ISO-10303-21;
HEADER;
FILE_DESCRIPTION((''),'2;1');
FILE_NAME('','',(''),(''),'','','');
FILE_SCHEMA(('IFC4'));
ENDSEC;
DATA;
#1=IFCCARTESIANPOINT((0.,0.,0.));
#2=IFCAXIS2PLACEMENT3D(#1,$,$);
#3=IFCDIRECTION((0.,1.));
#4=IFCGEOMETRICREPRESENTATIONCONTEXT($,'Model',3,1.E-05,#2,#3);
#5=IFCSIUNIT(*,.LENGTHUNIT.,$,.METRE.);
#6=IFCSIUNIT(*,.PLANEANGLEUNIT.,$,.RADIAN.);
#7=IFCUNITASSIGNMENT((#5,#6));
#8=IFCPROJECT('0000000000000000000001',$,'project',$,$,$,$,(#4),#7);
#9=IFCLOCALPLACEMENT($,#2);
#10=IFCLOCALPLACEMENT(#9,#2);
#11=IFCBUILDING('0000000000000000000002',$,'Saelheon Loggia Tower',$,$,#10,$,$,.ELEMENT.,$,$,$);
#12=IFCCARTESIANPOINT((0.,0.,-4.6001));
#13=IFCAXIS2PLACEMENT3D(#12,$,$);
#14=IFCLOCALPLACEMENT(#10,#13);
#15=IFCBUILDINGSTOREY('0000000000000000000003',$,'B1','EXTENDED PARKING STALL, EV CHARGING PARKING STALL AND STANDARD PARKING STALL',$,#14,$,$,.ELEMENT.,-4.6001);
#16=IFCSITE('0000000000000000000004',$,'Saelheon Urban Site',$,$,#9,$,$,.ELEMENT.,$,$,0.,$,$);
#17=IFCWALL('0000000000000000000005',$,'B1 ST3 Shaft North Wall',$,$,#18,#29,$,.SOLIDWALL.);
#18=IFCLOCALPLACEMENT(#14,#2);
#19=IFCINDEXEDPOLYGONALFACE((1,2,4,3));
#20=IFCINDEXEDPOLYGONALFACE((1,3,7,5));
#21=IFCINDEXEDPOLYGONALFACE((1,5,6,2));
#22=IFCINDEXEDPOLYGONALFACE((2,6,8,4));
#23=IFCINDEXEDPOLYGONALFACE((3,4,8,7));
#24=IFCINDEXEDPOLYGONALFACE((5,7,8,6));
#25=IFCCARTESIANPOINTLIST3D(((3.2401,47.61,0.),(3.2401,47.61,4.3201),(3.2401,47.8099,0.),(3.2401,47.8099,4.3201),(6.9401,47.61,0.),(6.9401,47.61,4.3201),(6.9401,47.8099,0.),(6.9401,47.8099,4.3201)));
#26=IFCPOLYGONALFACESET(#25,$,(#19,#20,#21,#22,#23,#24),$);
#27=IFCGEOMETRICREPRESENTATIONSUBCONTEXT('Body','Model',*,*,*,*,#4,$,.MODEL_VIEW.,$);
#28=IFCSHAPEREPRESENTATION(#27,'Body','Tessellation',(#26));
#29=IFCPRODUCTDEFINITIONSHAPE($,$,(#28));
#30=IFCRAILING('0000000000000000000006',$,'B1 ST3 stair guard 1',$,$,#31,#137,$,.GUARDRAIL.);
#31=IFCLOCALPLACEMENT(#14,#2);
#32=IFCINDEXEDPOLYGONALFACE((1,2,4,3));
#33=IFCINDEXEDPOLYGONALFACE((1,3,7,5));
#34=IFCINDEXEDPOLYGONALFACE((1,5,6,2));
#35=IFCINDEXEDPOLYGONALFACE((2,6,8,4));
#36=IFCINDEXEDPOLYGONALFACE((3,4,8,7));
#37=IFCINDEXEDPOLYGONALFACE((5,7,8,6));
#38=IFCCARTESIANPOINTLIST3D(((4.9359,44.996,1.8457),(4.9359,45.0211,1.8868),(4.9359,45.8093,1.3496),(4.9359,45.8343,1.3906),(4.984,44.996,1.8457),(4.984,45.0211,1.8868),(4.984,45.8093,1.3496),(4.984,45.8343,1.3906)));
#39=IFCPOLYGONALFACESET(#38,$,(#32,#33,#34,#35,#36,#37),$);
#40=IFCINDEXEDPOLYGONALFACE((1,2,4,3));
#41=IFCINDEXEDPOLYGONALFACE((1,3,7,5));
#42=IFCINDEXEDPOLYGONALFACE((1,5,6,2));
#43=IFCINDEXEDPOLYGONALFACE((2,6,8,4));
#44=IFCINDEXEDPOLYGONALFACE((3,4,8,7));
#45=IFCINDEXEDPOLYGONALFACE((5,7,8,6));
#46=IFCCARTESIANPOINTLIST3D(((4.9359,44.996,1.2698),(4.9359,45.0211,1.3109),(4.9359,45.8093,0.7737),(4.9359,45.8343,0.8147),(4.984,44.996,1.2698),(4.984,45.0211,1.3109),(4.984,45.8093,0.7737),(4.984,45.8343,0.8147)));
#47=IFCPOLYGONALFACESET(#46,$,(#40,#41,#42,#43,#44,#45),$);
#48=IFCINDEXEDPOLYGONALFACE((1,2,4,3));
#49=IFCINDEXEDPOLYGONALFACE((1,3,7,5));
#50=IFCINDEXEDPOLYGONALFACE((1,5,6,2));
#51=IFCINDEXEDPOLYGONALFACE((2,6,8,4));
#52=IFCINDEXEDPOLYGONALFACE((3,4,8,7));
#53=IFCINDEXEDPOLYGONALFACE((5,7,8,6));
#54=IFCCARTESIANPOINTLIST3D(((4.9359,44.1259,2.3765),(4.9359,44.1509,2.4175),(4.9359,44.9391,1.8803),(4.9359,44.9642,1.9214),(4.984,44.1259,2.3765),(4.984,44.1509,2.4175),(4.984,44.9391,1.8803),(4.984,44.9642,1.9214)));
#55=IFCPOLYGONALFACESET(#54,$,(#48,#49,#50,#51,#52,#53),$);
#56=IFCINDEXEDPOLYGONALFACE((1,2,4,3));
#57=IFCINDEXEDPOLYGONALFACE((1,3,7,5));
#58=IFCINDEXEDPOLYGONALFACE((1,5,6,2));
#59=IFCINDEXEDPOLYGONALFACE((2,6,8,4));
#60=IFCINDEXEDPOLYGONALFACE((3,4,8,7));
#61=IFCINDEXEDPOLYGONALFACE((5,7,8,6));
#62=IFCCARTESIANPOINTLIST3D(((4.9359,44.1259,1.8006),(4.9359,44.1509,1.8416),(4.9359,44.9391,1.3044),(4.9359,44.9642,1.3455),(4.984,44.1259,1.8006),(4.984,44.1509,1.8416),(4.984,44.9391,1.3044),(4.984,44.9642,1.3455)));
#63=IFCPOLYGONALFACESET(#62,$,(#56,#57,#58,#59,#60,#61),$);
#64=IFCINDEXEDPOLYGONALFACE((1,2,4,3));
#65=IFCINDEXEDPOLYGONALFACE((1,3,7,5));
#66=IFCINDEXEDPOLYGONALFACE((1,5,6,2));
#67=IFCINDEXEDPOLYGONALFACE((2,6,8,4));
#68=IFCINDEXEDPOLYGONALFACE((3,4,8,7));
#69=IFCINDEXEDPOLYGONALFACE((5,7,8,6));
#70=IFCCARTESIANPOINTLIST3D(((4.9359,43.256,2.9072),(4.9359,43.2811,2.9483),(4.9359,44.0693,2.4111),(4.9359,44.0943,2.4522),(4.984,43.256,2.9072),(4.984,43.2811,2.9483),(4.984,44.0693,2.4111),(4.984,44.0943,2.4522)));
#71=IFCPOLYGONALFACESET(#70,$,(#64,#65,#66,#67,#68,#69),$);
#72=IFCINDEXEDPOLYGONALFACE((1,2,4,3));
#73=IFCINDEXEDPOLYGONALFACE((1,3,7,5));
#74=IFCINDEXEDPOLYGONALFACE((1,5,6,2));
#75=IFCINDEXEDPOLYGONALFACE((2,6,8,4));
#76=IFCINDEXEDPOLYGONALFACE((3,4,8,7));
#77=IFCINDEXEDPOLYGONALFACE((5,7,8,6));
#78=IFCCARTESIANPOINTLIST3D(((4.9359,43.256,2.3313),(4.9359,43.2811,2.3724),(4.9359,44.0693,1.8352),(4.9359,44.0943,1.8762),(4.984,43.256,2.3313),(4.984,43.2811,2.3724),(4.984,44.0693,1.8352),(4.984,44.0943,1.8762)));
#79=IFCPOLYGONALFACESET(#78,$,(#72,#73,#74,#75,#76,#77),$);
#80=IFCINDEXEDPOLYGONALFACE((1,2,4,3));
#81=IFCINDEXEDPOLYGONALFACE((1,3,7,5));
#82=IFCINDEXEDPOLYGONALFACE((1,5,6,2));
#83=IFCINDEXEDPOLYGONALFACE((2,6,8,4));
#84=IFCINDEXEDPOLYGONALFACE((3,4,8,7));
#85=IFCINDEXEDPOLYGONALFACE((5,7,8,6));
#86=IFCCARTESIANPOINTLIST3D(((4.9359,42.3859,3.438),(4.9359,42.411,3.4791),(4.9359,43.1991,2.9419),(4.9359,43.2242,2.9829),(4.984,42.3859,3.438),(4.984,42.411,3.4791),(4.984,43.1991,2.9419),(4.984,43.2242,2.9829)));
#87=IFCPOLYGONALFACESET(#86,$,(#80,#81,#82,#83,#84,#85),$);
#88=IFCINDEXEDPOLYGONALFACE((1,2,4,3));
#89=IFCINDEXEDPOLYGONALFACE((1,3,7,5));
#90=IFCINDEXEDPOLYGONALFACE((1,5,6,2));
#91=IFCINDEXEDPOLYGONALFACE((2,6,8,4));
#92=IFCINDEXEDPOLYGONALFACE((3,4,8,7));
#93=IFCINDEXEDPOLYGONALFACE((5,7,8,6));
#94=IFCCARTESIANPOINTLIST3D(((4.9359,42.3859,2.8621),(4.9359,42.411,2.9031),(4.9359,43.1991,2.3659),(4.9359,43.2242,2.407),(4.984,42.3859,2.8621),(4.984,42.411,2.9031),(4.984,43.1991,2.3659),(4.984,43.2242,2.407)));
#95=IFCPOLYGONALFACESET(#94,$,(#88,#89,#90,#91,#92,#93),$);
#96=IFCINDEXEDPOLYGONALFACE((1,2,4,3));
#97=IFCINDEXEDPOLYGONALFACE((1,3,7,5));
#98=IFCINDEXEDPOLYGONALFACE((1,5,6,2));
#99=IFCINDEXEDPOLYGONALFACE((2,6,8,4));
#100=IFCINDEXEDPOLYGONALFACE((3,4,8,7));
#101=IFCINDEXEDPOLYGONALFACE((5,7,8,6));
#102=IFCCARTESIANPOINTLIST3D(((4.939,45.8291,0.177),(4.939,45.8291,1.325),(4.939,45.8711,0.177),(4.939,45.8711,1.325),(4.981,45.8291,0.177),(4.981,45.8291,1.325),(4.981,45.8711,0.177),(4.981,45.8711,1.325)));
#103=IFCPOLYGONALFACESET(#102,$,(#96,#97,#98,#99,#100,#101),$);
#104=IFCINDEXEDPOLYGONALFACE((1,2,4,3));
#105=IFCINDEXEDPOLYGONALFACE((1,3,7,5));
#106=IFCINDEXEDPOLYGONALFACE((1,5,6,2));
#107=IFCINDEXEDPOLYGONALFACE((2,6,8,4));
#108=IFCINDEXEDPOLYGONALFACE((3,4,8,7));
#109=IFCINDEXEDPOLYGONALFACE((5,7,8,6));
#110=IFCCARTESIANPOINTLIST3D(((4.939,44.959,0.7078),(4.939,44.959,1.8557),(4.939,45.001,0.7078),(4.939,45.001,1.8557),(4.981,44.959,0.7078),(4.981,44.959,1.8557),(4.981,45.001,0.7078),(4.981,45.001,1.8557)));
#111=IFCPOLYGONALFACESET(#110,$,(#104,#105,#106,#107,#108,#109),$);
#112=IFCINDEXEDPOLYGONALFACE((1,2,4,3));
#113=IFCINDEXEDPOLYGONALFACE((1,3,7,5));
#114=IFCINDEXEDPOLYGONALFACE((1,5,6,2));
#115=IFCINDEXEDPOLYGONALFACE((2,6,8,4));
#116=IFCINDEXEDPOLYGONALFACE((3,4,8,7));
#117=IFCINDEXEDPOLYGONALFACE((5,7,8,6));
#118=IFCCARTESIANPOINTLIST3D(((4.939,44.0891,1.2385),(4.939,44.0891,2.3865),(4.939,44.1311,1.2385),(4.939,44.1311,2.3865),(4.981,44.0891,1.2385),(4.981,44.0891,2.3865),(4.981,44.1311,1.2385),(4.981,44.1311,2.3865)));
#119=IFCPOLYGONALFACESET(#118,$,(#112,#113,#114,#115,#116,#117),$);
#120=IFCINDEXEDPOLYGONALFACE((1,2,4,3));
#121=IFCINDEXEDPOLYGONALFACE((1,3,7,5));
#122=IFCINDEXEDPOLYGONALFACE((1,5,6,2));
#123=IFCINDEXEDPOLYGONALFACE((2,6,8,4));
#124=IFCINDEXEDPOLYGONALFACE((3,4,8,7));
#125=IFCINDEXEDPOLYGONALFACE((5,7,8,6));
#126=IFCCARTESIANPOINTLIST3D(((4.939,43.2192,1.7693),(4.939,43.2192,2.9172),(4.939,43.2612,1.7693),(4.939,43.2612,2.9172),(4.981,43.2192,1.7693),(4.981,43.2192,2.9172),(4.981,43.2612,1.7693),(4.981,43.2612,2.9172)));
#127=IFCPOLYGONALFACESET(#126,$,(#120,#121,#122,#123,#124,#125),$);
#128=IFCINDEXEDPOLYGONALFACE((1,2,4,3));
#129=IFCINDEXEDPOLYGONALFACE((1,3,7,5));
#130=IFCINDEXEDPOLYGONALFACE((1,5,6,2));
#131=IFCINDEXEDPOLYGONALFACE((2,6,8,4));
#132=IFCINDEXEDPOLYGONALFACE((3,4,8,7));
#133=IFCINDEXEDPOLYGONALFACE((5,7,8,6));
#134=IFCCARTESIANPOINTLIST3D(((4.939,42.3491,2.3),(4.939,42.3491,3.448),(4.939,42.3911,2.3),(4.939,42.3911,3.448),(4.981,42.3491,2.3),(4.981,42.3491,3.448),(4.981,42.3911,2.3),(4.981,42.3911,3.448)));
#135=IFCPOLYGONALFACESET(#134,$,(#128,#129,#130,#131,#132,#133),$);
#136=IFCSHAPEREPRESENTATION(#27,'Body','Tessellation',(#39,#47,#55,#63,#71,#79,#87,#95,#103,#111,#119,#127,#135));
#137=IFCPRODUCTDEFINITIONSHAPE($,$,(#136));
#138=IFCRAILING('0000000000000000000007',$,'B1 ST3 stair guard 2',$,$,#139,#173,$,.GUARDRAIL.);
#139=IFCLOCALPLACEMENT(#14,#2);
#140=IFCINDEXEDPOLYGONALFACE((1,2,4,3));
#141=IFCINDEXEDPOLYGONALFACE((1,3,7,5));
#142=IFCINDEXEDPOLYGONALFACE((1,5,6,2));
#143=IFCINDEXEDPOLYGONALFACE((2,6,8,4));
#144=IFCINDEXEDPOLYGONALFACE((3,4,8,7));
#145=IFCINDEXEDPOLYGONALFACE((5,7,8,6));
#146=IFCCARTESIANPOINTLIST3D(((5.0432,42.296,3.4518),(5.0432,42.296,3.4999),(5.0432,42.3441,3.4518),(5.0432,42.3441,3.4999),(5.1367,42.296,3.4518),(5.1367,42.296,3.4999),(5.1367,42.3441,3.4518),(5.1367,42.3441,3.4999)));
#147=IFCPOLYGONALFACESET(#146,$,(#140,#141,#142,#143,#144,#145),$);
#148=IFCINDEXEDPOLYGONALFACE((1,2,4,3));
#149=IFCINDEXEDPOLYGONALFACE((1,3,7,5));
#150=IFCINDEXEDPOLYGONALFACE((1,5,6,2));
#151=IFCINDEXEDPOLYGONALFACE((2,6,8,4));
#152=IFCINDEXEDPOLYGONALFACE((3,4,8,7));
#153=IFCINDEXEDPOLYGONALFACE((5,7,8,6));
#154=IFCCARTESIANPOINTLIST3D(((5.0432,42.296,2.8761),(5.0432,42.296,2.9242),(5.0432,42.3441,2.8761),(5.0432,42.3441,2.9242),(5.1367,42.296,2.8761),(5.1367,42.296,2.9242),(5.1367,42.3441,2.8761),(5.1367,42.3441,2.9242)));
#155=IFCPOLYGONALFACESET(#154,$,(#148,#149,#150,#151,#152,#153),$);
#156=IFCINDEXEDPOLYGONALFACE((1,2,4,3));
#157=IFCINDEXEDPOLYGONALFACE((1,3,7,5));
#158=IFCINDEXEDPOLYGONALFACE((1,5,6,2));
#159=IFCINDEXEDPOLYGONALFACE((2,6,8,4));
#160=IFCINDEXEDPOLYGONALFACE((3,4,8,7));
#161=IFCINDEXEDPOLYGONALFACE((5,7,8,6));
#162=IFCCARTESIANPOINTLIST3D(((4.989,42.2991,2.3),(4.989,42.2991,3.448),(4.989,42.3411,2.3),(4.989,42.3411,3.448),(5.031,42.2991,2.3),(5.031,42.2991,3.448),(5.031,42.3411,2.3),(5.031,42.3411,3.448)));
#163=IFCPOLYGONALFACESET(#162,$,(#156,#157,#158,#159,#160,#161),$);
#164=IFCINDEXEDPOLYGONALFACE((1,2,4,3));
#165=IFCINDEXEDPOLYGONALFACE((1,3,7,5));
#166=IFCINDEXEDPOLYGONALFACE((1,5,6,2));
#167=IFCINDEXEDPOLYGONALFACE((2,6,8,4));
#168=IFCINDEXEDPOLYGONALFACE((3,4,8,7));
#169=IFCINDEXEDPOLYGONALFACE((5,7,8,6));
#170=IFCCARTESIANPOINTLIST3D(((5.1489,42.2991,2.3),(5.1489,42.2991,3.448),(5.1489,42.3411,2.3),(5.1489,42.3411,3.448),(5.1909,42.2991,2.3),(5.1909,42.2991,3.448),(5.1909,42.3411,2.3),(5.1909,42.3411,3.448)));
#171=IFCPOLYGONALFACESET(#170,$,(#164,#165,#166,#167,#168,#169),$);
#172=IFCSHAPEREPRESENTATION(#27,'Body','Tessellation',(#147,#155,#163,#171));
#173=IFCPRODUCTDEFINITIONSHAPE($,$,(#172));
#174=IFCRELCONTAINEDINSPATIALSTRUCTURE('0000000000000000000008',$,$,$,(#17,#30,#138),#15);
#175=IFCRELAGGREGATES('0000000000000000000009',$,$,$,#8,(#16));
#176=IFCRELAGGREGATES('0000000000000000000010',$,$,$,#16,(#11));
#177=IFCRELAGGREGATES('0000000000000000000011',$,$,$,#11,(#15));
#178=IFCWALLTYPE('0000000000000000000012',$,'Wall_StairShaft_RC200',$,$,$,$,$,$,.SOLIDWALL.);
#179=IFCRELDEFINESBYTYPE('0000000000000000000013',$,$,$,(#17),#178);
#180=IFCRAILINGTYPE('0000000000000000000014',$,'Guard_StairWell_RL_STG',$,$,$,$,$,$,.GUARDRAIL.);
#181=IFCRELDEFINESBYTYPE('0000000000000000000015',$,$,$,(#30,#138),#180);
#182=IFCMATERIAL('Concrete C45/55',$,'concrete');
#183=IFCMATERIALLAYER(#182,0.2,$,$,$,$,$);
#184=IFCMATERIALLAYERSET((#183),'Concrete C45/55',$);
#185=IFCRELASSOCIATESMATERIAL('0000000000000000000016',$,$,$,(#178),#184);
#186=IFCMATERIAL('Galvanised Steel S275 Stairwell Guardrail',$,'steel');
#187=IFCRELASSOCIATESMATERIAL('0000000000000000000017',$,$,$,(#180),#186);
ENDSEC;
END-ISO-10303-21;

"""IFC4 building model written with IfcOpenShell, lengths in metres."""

from ifc_helpers import new_model, si_unit, direction, frame, frame_2d, origin, origin_2d, place, context, subcontext, project, spatial, rectangle, extrude, material, layer, layer_set, type_object, element, save


model = new_model("IFC4")

# Units and contexts
model_context = context("Model", 3, precision=1e-05, world=origin(), true_north=direction((0.0, 1.0)))
body_context = subcontext(model_context, "Body", "Model", "MODEL_VIEW")
ifc_project = project(units=[si_unit("LENGTHUNIT", "METRE"), si_unit("PLANEANGLEUNIT", "RADIAN")], contexts=[model_context])

# Site, building, storey
site_placement = place(None, origin())
site = spatial("IfcSite", under=ifc_project, at=site_placement, Name="Saelheon Urban Site", CompositionType="ELEMENT", RefElevation=0.0)
building_placement = place(site_placement, origin())
building = spatial("IfcBuilding", under=site, at=building_placement, Name="Saelheon Loggia Tower", CompositionType="ELEMENT")
storey_placement = place(building_placement, frame((0.0, 0.0, -4.6001)))
storey = spatial("IfcBuildingStorey", under=building, at=storey_placement, Name="B1", Description="EXTENDED PARKING STALL, EV CHARGING PARKING STALL AND STANDARD PARKING STALL", CompositionType="ELEMENT", Elevation=-4.6001)

# Shared definitions
ifc_material_1 = material(Name="Concrete C45/55", Category="concrete")

# Shared definitions
ifc_layer_1 = layer(ifc_material_1, 0.2)
ifc_layer_set_1 = layer_set([ifc_layer_1], Name="Concrete C45/55")
wall_type_1 = type_object("IfcWallType", Name="Wall_StairShaft_RC200", PredefinedType="SOLIDWALL", material=ifc_layer_set_1)

# Wall
for number, where, z_axis, x_axis, name in (
    (1, (3.24, 47.71, 0.0), (0.0, 0.0, 1.0), (1.0, 0.0, 0.0), "B1 ST3 Shaft North Wall"),
):
    element("IfcWall", number, at=place(storey_placement, frame(where, z_axis=z_axis, x_axis=x_axis)), inside=storey, type_object=wall_type_1, Name=name, PredefinedType="SOLIDWALL", context=body_context, shape_type="SweptSolid", body=[
        extrude(rectangle(XDim=3.7, YDim=0.2, at=frame_2d((1.8501, 0.0))), origin(), (0.0, 0.0, 1.0), 4.3201),
    ])

# Railings
ifc_material_2 = material(Name="Galvanised Steel S275 Stairwell Guardrail", Category="steel")
railing_type_1 = type_object("IfcRailingType", Name="Guard_StairWell_RL_STG", PredefinedType="GUARDRAIL", material=ifc_material_2)
railing_1_placement = place(storey_placement, frame((4.96, 45.8501, 0.177)))
element("IfcRailing", 2, at=railing_1_placement, inside=storey, type_object=railing_type_1, Name="B1 ST3 stair guard 1", PredefinedType="GUARDRAIL", context=body_context, shape_type="SweptSolid", body=[
    extrude(rectangle(XDim=0.0481, YDim=0.0481, at=origin_2d()), frame((0.0, -0.0283, 1.1931), z_axis=(0.0, -0.853675, 0.520805), x_axis=(1.0, 0.0, 0.0)), (0.0, 0.0, 1.0), 0.9526),
    extrude(rectangle(XDim=0.0481, YDim=0.0481, at=origin_2d()), frame((0.0, -0.0283, 0.6172), z_axis=(0.0, -0.853675, 0.520805), x_axis=(1.0, 0.0, 0.0)), (0.0, 0.0, 1.0), 0.9526),
    extrude(rectangle(XDim=0.0481, YDim=0.0481, at=origin_2d()), frame((0.0, -0.8984, 1.7239), z_axis=(0.0, -0.853675, 0.520805), x_axis=(1.0, 0.0, 0.0)), (0.0, 0.0, 1.0), 0.9526),
    extrude(rectangle(XDim=0.0481, YDim=0.0481, at=origin_2d()), frame((0.0, -0.8984, 1.1479), z_axis=(0.0, -0.853675, 0.520805), x_axis=(1.0, 0.0, 0.0)), (0.0, 0.0, 1.0), 0.9526),
    extrude(rectangle(XDim=0.0481, YDim=0.0481, at=origin_2d()), frame((0.0, -1.7683, 2.2546), z_axis=(0.0, -0.853675, 0.520805), x_axis=(1.0, 0.0, 0.0)), (0.0, 0.0, 1.0), 0.9526),
    extrude(rectangle(XDim=0.0481, YDim=0.0481, at=origin_2d()), frame((0.0, -1.7683, 1.6787), z_axis=(0.0, -0.853675, 0.520805), x_axis=(1.0, 0.0, 0.0)), (0.0, 0.0, 1.0), 0.9526),
    extrude(rectangle(XDim=0.0481, YDim=0.0481, at=origin_2d()), frame((0.0, -2.6384, 2.7854), z_axis=(0.0, -0.853675, 0.520805), x_axis=(1.0, 0.0, 0.0)), (0.0, 0.0, 1.0), 0.9526),
    extrude(rectangle(XDim=0.0481, YDim=0.0481, at=origin_2d()), frame((0.0, -2.6384, 2.2095), z_axis=(0.0, -0.853675, 0.520805), x_axis=(1.0, 0.0, 0.0)), (0.0, 0.0, 1.0), 0.9526),
    extrude(rectangle(XDim=0.042, YDim=0.042, at=origin_2d()), origin(), (0.0, 0.0, 1.0), 1.1479),
    extrude(rectangle(XDim=0.042, YDim=0.042, at=origin_2d()), frame((0.0, -0.8701, 0.5308)), (0.0, 0.0, 1.0), 1.1479),
    extrude(rectangle(XDim=0.042, YDim=0.042, at=origin_2d()), frame((0.0, -1.74, 1.0615)), (0.0, 0.0, 1.0), 1.1479),
    extrude(rectangle(XDim=0.042, YDim=0.042, at=origin_2d()), frame((0.0, -2.6099, 1.5923)), (0.0, 0.0, 1.0), 1.1479),
    extrude(rectangle(XDim=0.042, YDim=0.042, at=origin_2d()), frame((0.0, -3.48, 2.123)), (0.0, 0.0, 1.0), 1.1479),
])
railing_2_placement = place(storey_placement, frame((5.01, 42.3201, 2.3)))
element("IfcRailing", 3, at=railing_2_placement, inside=storey, type_object=railing_type_1, Name="B1 ST3 stair guard 2", PredefinedType="GUARDRAIL", context=body_context, shape_type="SweptSolid", body=[
    extrude(rectangle(XDim=0.0481, YDim=0.0481, at=origin_2d()), frame((0.0332, 0.0, 1.1758), z_axis=(1.0, 0.0, 0.0), x_axis=(0.0, 1.0, 0.0)), (0.0, 0.0, 1.0), 0.0935),
    extrude(rectangle(XDim=0.0481, YDim=0.0481, at=origin_2d()), frame((0.0332, 0.0, 0.6001), z_axis=(1.0, 0.0, 0.0), x_axis=(0.0, 1.0, 0.0)), (0.0, 0.0, 1.0), 0.0935),
    extrude(rectangle(XDim=0.042, YDim=0.042, at=origin_2d()), origin(), (0.0, 0.0, 1.0), 1.1479),
    extrude(rectangle(XDim=0.042, YDim=0.042, at=origin_2d()), frame((0.1599, 0.0, 0.0)), (0.0, 0.0, 1.0), 1.1479),
])

save(model, "model.ifc")
